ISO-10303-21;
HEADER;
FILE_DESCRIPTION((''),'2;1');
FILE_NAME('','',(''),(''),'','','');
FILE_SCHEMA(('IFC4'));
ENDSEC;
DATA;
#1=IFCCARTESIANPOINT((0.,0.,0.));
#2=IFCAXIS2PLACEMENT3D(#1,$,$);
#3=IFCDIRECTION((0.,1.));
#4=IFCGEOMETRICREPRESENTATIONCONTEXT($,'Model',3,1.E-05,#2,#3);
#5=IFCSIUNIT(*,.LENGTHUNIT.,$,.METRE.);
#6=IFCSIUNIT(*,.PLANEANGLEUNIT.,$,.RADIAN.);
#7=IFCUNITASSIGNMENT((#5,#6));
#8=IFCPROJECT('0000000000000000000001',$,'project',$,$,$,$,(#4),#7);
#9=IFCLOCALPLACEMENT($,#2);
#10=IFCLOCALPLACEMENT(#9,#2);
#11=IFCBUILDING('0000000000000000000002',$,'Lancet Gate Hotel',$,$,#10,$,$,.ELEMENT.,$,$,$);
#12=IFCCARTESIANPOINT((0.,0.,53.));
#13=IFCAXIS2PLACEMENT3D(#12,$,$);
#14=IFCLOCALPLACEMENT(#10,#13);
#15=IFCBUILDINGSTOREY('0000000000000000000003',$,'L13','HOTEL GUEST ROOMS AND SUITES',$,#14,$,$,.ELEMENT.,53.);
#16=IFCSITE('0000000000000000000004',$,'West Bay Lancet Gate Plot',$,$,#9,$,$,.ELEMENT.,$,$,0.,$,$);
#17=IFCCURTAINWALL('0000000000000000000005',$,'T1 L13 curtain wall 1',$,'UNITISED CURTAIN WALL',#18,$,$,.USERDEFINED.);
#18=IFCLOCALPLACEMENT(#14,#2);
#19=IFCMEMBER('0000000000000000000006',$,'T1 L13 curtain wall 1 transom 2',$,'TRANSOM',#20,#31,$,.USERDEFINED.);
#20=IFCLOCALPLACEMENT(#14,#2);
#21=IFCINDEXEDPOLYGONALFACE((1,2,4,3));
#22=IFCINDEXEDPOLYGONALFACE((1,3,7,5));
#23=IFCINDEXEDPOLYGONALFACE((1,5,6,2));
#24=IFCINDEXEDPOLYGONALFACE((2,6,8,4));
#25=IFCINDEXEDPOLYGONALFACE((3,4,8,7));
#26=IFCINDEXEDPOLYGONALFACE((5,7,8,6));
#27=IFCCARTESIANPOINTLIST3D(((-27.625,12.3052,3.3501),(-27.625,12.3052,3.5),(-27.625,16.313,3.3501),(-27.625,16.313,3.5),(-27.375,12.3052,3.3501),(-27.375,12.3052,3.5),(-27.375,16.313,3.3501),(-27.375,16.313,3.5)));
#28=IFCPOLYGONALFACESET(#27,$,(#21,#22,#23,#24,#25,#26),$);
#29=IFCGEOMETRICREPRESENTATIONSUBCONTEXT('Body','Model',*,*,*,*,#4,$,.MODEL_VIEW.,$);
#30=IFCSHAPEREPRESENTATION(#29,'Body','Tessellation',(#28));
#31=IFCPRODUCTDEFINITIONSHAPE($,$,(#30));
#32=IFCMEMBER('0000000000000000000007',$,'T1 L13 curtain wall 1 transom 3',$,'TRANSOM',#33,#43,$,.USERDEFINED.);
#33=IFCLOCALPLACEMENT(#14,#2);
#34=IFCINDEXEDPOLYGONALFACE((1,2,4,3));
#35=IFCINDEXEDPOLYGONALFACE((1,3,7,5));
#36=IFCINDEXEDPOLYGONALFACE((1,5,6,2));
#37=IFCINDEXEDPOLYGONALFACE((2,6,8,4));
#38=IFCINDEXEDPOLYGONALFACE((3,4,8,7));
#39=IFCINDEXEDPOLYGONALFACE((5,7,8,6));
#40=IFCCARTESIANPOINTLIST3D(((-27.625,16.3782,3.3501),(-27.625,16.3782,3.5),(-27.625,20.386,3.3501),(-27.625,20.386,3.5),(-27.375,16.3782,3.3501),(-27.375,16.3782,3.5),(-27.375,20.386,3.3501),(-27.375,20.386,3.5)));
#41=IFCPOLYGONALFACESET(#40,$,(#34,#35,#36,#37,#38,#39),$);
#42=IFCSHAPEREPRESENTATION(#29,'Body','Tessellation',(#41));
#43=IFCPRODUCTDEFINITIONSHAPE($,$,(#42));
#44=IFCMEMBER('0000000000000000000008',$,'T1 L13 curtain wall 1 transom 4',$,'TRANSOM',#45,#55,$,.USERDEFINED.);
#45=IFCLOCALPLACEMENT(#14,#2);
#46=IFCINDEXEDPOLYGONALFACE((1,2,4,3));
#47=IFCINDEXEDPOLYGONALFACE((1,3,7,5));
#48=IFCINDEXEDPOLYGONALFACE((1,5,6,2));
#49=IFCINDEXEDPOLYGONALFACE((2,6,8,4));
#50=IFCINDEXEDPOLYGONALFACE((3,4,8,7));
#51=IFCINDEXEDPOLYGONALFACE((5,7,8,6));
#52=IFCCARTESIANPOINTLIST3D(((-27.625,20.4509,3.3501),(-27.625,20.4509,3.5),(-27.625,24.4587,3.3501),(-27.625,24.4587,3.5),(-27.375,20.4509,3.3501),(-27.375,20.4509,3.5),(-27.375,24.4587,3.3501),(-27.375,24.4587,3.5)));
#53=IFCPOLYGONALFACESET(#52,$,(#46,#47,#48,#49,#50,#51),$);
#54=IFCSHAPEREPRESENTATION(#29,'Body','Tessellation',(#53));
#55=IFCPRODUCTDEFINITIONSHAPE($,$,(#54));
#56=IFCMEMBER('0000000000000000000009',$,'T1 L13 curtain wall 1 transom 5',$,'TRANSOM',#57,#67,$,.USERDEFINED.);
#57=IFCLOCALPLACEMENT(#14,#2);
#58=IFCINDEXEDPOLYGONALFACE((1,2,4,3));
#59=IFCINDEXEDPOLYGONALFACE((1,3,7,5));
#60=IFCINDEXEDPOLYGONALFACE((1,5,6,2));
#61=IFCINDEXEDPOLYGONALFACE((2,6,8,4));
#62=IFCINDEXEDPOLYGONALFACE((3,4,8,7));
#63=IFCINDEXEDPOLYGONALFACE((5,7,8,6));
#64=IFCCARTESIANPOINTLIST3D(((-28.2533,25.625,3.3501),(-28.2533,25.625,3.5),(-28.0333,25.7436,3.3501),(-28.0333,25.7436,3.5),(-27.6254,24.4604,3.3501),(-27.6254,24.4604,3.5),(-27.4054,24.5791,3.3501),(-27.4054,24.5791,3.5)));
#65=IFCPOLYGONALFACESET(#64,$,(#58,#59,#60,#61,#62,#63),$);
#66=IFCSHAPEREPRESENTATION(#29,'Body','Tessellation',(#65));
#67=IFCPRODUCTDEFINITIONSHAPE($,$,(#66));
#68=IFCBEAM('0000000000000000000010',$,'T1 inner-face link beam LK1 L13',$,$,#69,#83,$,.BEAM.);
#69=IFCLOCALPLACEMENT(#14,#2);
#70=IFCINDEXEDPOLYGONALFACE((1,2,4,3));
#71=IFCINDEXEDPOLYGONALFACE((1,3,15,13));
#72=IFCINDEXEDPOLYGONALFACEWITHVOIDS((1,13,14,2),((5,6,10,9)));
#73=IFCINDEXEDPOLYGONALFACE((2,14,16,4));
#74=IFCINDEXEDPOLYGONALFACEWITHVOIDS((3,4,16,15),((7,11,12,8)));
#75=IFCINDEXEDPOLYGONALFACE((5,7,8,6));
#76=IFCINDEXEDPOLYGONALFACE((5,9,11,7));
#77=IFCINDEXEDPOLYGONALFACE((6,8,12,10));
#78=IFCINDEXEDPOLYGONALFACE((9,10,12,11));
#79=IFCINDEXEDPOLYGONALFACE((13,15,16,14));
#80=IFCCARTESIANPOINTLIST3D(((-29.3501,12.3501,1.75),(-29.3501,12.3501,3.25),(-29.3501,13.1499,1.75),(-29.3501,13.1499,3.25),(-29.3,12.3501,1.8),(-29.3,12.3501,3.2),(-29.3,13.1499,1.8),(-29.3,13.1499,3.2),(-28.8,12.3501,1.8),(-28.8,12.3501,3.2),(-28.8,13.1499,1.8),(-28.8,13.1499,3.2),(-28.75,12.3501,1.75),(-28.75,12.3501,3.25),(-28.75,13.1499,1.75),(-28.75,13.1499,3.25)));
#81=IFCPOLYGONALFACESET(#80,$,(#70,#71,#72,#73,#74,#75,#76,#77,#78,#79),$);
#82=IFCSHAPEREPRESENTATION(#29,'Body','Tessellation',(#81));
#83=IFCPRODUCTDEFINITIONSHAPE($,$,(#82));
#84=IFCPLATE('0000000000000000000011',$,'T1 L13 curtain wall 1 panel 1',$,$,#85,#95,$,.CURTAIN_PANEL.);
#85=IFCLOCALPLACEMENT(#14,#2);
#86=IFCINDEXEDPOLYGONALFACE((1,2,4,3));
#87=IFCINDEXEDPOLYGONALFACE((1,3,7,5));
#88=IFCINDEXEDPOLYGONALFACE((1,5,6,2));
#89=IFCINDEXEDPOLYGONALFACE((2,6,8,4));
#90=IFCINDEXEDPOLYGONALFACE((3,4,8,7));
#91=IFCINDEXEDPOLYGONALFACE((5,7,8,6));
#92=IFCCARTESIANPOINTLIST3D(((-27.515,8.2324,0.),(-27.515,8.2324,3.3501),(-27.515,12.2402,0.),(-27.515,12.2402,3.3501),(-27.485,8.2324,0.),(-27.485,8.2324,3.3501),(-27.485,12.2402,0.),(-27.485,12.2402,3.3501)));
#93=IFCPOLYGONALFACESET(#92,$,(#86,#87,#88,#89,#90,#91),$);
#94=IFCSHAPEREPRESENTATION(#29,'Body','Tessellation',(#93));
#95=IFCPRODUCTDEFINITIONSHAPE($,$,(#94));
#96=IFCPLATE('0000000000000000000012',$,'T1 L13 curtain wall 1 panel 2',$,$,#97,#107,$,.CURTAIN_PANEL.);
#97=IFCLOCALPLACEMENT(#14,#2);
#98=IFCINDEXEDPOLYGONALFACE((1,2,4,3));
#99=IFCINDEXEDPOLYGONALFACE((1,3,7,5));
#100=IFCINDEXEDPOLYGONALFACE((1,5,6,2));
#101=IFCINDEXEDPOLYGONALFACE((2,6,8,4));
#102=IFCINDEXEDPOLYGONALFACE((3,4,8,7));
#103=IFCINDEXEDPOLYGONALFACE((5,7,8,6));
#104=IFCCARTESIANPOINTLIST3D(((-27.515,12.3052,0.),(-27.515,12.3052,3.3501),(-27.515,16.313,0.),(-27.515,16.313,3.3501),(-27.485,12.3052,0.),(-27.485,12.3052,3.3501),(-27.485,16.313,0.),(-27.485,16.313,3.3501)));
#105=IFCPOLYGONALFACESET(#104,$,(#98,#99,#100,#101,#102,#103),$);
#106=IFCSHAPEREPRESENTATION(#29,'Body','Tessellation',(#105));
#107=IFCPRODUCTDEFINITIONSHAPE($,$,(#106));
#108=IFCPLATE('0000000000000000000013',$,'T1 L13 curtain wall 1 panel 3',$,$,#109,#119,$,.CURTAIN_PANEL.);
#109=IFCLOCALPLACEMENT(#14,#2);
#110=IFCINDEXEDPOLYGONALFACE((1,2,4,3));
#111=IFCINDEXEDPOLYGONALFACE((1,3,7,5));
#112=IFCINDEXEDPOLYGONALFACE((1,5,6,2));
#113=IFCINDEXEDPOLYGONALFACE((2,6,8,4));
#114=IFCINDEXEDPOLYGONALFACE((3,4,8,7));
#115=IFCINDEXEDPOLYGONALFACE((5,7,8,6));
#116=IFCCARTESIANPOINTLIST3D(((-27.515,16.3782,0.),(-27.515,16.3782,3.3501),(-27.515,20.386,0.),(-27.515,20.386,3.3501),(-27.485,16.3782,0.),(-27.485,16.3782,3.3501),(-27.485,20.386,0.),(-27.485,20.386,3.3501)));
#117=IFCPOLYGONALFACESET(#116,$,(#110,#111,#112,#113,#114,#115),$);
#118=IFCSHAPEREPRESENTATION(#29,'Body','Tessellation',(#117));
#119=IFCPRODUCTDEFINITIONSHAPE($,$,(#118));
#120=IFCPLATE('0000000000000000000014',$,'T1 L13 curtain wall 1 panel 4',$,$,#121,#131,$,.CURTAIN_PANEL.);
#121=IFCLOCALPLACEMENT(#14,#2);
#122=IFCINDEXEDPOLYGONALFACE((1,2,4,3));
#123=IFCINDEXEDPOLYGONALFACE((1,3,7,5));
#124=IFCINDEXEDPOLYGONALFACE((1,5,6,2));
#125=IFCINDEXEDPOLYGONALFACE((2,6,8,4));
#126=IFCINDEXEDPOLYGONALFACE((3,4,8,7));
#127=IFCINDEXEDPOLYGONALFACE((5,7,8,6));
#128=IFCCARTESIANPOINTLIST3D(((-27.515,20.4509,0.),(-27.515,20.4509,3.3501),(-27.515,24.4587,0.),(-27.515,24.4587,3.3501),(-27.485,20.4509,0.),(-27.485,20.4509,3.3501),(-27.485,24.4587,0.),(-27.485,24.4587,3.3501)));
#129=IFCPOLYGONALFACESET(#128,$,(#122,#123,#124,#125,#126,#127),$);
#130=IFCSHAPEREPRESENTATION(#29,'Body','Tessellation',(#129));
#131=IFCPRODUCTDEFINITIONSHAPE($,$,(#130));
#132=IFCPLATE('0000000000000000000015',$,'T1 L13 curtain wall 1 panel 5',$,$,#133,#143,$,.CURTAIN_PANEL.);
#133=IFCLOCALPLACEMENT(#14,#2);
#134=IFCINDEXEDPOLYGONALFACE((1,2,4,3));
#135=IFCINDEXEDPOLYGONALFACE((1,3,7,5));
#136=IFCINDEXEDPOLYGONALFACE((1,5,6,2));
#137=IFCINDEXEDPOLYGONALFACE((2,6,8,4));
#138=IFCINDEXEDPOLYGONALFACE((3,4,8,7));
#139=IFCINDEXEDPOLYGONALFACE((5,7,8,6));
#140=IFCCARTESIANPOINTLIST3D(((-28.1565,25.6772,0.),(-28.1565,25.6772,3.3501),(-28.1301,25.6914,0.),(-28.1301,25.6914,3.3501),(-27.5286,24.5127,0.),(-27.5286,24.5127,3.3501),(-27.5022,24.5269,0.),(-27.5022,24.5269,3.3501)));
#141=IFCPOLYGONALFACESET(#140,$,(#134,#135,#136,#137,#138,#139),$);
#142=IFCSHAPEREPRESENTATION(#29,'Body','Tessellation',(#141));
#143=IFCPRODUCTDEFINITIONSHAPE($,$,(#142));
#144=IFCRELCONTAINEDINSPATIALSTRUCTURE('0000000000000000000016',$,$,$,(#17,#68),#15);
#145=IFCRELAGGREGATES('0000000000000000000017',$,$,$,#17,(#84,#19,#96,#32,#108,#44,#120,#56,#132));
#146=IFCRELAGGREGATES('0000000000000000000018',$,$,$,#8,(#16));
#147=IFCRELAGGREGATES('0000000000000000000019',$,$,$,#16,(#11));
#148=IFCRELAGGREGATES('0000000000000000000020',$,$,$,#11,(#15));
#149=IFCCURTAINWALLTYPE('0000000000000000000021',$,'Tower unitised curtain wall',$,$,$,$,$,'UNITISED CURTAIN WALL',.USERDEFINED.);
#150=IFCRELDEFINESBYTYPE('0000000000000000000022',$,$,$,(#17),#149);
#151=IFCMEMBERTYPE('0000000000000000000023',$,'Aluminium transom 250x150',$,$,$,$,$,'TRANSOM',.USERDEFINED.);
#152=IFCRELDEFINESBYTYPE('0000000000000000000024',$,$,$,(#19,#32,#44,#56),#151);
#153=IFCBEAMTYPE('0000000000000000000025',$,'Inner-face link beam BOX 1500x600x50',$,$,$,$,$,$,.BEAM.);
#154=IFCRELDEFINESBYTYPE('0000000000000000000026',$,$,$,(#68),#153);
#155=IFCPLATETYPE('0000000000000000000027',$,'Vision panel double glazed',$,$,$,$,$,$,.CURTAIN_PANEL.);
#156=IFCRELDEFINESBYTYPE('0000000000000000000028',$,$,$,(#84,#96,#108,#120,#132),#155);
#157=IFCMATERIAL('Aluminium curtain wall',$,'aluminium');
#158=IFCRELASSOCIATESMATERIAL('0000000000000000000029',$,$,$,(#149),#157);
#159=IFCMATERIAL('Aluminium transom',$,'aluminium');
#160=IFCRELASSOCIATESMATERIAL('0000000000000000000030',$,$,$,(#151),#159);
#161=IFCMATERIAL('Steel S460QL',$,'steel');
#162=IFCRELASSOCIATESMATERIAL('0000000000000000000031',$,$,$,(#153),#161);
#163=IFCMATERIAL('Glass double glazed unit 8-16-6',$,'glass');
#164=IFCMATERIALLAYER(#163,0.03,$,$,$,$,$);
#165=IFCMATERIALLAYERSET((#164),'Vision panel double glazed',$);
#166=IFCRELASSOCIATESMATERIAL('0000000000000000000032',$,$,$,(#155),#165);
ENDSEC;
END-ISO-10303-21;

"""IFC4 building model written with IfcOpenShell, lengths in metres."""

from ifc_helpers import new_model, si_unit, direction, frame, origin, origin_2d, place, context, subcontext, project, spatial, rectangle, hollow_rectangle, extrude, material, layer, layer_set, material_profile, profile_set, type_object, element, aggregate, save


model = new_model("IFC4")

# Units and contexts
model_context = context("Model", 3, precision=1e-05, world=origin(), true_north=direction((0.0, 1.0)))
body_context = subcontext(model_context, "Body", "Model", "MODEL_VIEW")
ifc_project = project(units=[si_unit("LENGTHUNIT", "METRE"), si_unit("PLANEANGLEUNIT", "RADIAN")], contexts=[model_context])

# Site, building, storey
site_placement = place(None, origin())
site = spatial("IfcSite", under=ifc_project, at=site_placement, Name="West Bay Lancet Gate Plot", CompositionType="ELEMENT", RefElevation=0.0)
building_placement = place(site_placement, origin())
building = spatial("IfcBuilding", under=site, at=building_placement, Name="Lancet Gate Hotel", CompositionType="ELEMENT")
storey_placement = place(building_placement, frame((0.0, 0.0, 53.0)))
storey = spatial("IfcBuildingStorey", under=building, at=storey_placement, Name="L13", Description="HOTEL GUEST ROOMS AND SUITES", CompositionType="ELEMENT", Elevation=53.0)

# Curtain wall, members
ifc_material_1 = material(Name="Aluminium curtain wall", Category="aluminium")
curtain_wall_type = type_object("IfcCurtainWallType", Name="Tower unitised curtain wall", ElementType="UNITISED CURTAIN WALL", PredefinedType="USERDEFINED", material=ifc_material_1)
curtain_wall_placement = place(storey_placement, origin())
curtain_wall = element("IfcCurtainWall", 1, at=curtain_wall_placement, inside=storey, type_object=curtain_wall_type, Name="T1 L13 curtain wall 1", ObjectType="UNITISED CURTAIN WALL", PredefinedType="USERDEFINED")
ifc_material_2 = material(Name="Aluminium transom", Category="aluminium")
ifc_material_profile_1 = material_profile(ifc_material_2, rectangle(XDim=0.25, YDim=0.1499, at=origin_2d()), Name="TRANSOM 250x150")
ifc_profile_set_1 = profile_set([ifc_material_profile_1], Name="Aluminium transom")
member_type_1 = type_object("IfcMemberType", Name="Aluminium transom 250x150", ElementType="TRANSOM", PredefinedType="USERDEFINED", material=ifc_profile_set_1)
member_1_placement = place(storey_placement, frame((-27.5, 12.3052, 3.425), z_axis=(0.0, 1.0, 0.0), x_axis=(-1.0, 0.0, 0.0)))
member_1 = element("IfcMember", 2, at=member_1_placement, type_object=member_type_1, Name="T1 L13 curtain wall 1 transom 2", ObjectType="TRANSOM", PredefinedType="USERDEFINED", context=body_context, shape_type="SweptSolid", body=[
    extrude(rectangle(XDim=0.25, YDim=0.1499, at=origin_2d()), origin(), (0.0, 0.0, 1.0), 4.0078),
])
member_2_placement = place(storey_placement, frame((-27.5, 16.3782, 3.425), z_axis=(0.0, 1.0, 0.0), x_axis=(-1.0, 0.0, 0.0)))
member_2 = element("IfcMember", 3, at=member_2_placement, type_object=member_type_1, Name="T1 L13 curtain wall 1 transom 3", ObjectType="TRANSOM", PredefinedType="USERDEFINED", context=body_context, shape_type="SweptSolid", body=[
    extrude(rectangle(XDim=0.25, YDim=0.1499, at=origin_2d()), origin(), (0.0, 0.0, 1.0), 4.0078),
])
member_3_placement = place(storey_placement, frame((-27.5, 20.4509, 3.425), z_axis=(0.0, 1.0, 0.0), x_axis=(-1.0, 0.0, 0.0)))
member_3 = element("IfcMember", 4, at=member_3_placement, type_object=member_type_1, Name="T1 L13 curtain wall 1 transom 4", ObjectType="TRANSOM", PredefinedType="USERDEFINED", context=body_context, shape_type="SweptSolid", body=[
    extrude(rectangle(XDim=0.25, YDim=0.1499, at=origin_2d()), origin(), (0.0, 0.0, 1.0), 4.0078),
])
member_4_placement = place(storey_placement, frame((-27.5154, 24.5198, 3.425), z_axis=(-0.474606, 0.880198, 0.0), x_axis=(-0.880198, -0.474606, 0.0)))
member_4 = element("IfcMember", 5, at=member_4_placement, type_object=member_type_1, Name="T1 L13 curtain wall 1 transom 5", ObjectType="TRANSOM", PredefinedType="USERDEFINED", context=body_context, shape_type="SweptSolid", body=[
    extrude(rectangle(XDim=0.25, YDim=0.1499, at=origin_2d()), origin(), (0.0, 0.0, 1.0), 1.323),
])

# Beam
ifc_material_3 = material(Name="Steel S460QL", Category="steel")
ifc_material_profile_2 = material_profile(ifc_material_3, hollow_rectangle(XDim=0.6001, YDim=1.5, WallThickness=0.05, at=origin_2d()), Name="BOX 1500x600x50")
ifc_profile_set_2 = profile_set([ifc_material_profile_2], Name="Steel S460QL")
beam_type = type_object("IfcBeamType", Name="Inner-face link beam BOX 1500x600x50", PredefinedType="BEAM", material=ifc_profile_set_2)
beam_placement = place(storey_placement, frame((-29.05, 13.1499, 2.5), z_axis=(0.0, -1.0, 0.0), x_axis=(1.0, 0.0, 0.0)))
element("IfcBeam", 6, at=beam_placement, inside=storey, type_object=beam_type, Name="T1 inner-face link beam LK1 L13", PredefinedType="BEAM", context=body_context, shape_type="SweptSolid", body=[
    extrude(hollow_rectangle(XDim=0.6001, YDim=1.5, WallThickness=0.05, at=origin_2d()), origin(), (0.0, 0.0, 1.0), 0.7998),
])

# Plates
ifc_material_4 = material(Name="Glass double glazed unit 8-16-6", Category="glass")
ifc_layer = layer(ifc_material_4, 0.03)
ifc_layer_set = layer_set([ifc_layer], Name="Vision panel double glazed")
plate_type = type_object("IfcPlateType", Name="Vision panel double glazed", PredefinedType="CURTAIN_PANEL", material=ifc_layer_set)
plate_1_placement = place(storey_placement, frame((-27.5, 10.2363, 0.0), z_axis=(0.0, 0.0, 1.0), x_axis=(0.0, 1.0, 0.0)))
plate_1 = element("IfcPlate", 7, at=plate_1_placement, type_object=plate_type, Name="T1 L13 curtain wall 1 panel 1", PredefinedType="CURTAIN_PANEL", context=body_context, shape_type="SweptSolid", body=[
    extrude(rectangle(XDim=4.0078, YDim=0.03, at=origin_2d()), origin(), (0.0, 0.0, 1.0), 3.3501),
])
plate_2_placement = place(storey_placement, frame((-27.5, 14.3091, 0.0), z_axis=(0.0, 0.0, 1.0), x_axis=(0.0, 1.0, 0.0)))
plate_2 = element("IfcPlate", 8, at=plate_2_placement, type_object=plate_type, Name="T1 L13 curtain wall 1 panel 2", PredefinedType="CURTAIN_PANEL", context=body_context, shape_type="SweptSolid", body=[
    extrude(rectangle(XDim=4.0078, YDim=0.03, at=origin_2d()), origin(), (0.0, 0.0, 1.0), 3.3501),
])
plate_3_placement = place(storey_placement, frame((-27.5, 18.3821, 0.0), z_axis=(0.0, 0.0, 1.0), x_axis=(0.0, 1.0, 0.0)))
plate_3 = element("IfcPlate", 9, at=plate_3_placement, type_object=plate_type, Name="T1 L13 curtain wall 1 panel 3", PredefinedType="CURTAIN_PANEL", context=body_context, shape_type="SweptSolid", body=[
    extrude(rectangle(XDim=4.0078, YDim=0.03, at=origin_2d()), origin(), (0.0, 0.0, 1.0), 3.3501),
])
plate_4_placement = place(storey_placement, frame((-27.5, 22.4548, 0.0), z_axis=(0.0, 0.0, 1.0), x_axis=(0.0, 1.0, 0.0)))
plate_4 = element("IfcPlate", 10, at=plate_4_placement, type_object=plate_type, Name="T1 L13 curtain wall 1 panel 4", PredefinedType="CURTAIN_PANEL", context=body_context, shape_type="SweptSolid", body=[
    extrude(rectangle(XDim=4.0078, YDim=0.03, at=origin_2d()), origin(), (0.0, 0.0, 1.0), 3.3501),
])
plate_5_placement = place(storey_placement, frame((-27.8293, 25.1021, 0.0), z_axis=(0.0, 0.0, 1.0), x_axis=(-0.474631, 0.880185, 0.0)))
plate_5 = element("IfcPlate", 11, at=plate_5_placement, type_object=plate_type, Name="T1 L13 curtain wall 1 panel 5", PredefinedType="CURTAIN_PANEL", context=body_context, shape_type="SweptSolid", body=[
    extrude(rectangle(XDim=1.323, YDim=0.03, at=origin_2d()), origin(), (0.0, 0.0, 1.0), 3.3501),
])
aggregate(curtain_wall, [plate_1, member_1, plate_2, member_2, plate_3, member_3, plate_4, member_4, plate_5])

save(model, "model.ifc")
